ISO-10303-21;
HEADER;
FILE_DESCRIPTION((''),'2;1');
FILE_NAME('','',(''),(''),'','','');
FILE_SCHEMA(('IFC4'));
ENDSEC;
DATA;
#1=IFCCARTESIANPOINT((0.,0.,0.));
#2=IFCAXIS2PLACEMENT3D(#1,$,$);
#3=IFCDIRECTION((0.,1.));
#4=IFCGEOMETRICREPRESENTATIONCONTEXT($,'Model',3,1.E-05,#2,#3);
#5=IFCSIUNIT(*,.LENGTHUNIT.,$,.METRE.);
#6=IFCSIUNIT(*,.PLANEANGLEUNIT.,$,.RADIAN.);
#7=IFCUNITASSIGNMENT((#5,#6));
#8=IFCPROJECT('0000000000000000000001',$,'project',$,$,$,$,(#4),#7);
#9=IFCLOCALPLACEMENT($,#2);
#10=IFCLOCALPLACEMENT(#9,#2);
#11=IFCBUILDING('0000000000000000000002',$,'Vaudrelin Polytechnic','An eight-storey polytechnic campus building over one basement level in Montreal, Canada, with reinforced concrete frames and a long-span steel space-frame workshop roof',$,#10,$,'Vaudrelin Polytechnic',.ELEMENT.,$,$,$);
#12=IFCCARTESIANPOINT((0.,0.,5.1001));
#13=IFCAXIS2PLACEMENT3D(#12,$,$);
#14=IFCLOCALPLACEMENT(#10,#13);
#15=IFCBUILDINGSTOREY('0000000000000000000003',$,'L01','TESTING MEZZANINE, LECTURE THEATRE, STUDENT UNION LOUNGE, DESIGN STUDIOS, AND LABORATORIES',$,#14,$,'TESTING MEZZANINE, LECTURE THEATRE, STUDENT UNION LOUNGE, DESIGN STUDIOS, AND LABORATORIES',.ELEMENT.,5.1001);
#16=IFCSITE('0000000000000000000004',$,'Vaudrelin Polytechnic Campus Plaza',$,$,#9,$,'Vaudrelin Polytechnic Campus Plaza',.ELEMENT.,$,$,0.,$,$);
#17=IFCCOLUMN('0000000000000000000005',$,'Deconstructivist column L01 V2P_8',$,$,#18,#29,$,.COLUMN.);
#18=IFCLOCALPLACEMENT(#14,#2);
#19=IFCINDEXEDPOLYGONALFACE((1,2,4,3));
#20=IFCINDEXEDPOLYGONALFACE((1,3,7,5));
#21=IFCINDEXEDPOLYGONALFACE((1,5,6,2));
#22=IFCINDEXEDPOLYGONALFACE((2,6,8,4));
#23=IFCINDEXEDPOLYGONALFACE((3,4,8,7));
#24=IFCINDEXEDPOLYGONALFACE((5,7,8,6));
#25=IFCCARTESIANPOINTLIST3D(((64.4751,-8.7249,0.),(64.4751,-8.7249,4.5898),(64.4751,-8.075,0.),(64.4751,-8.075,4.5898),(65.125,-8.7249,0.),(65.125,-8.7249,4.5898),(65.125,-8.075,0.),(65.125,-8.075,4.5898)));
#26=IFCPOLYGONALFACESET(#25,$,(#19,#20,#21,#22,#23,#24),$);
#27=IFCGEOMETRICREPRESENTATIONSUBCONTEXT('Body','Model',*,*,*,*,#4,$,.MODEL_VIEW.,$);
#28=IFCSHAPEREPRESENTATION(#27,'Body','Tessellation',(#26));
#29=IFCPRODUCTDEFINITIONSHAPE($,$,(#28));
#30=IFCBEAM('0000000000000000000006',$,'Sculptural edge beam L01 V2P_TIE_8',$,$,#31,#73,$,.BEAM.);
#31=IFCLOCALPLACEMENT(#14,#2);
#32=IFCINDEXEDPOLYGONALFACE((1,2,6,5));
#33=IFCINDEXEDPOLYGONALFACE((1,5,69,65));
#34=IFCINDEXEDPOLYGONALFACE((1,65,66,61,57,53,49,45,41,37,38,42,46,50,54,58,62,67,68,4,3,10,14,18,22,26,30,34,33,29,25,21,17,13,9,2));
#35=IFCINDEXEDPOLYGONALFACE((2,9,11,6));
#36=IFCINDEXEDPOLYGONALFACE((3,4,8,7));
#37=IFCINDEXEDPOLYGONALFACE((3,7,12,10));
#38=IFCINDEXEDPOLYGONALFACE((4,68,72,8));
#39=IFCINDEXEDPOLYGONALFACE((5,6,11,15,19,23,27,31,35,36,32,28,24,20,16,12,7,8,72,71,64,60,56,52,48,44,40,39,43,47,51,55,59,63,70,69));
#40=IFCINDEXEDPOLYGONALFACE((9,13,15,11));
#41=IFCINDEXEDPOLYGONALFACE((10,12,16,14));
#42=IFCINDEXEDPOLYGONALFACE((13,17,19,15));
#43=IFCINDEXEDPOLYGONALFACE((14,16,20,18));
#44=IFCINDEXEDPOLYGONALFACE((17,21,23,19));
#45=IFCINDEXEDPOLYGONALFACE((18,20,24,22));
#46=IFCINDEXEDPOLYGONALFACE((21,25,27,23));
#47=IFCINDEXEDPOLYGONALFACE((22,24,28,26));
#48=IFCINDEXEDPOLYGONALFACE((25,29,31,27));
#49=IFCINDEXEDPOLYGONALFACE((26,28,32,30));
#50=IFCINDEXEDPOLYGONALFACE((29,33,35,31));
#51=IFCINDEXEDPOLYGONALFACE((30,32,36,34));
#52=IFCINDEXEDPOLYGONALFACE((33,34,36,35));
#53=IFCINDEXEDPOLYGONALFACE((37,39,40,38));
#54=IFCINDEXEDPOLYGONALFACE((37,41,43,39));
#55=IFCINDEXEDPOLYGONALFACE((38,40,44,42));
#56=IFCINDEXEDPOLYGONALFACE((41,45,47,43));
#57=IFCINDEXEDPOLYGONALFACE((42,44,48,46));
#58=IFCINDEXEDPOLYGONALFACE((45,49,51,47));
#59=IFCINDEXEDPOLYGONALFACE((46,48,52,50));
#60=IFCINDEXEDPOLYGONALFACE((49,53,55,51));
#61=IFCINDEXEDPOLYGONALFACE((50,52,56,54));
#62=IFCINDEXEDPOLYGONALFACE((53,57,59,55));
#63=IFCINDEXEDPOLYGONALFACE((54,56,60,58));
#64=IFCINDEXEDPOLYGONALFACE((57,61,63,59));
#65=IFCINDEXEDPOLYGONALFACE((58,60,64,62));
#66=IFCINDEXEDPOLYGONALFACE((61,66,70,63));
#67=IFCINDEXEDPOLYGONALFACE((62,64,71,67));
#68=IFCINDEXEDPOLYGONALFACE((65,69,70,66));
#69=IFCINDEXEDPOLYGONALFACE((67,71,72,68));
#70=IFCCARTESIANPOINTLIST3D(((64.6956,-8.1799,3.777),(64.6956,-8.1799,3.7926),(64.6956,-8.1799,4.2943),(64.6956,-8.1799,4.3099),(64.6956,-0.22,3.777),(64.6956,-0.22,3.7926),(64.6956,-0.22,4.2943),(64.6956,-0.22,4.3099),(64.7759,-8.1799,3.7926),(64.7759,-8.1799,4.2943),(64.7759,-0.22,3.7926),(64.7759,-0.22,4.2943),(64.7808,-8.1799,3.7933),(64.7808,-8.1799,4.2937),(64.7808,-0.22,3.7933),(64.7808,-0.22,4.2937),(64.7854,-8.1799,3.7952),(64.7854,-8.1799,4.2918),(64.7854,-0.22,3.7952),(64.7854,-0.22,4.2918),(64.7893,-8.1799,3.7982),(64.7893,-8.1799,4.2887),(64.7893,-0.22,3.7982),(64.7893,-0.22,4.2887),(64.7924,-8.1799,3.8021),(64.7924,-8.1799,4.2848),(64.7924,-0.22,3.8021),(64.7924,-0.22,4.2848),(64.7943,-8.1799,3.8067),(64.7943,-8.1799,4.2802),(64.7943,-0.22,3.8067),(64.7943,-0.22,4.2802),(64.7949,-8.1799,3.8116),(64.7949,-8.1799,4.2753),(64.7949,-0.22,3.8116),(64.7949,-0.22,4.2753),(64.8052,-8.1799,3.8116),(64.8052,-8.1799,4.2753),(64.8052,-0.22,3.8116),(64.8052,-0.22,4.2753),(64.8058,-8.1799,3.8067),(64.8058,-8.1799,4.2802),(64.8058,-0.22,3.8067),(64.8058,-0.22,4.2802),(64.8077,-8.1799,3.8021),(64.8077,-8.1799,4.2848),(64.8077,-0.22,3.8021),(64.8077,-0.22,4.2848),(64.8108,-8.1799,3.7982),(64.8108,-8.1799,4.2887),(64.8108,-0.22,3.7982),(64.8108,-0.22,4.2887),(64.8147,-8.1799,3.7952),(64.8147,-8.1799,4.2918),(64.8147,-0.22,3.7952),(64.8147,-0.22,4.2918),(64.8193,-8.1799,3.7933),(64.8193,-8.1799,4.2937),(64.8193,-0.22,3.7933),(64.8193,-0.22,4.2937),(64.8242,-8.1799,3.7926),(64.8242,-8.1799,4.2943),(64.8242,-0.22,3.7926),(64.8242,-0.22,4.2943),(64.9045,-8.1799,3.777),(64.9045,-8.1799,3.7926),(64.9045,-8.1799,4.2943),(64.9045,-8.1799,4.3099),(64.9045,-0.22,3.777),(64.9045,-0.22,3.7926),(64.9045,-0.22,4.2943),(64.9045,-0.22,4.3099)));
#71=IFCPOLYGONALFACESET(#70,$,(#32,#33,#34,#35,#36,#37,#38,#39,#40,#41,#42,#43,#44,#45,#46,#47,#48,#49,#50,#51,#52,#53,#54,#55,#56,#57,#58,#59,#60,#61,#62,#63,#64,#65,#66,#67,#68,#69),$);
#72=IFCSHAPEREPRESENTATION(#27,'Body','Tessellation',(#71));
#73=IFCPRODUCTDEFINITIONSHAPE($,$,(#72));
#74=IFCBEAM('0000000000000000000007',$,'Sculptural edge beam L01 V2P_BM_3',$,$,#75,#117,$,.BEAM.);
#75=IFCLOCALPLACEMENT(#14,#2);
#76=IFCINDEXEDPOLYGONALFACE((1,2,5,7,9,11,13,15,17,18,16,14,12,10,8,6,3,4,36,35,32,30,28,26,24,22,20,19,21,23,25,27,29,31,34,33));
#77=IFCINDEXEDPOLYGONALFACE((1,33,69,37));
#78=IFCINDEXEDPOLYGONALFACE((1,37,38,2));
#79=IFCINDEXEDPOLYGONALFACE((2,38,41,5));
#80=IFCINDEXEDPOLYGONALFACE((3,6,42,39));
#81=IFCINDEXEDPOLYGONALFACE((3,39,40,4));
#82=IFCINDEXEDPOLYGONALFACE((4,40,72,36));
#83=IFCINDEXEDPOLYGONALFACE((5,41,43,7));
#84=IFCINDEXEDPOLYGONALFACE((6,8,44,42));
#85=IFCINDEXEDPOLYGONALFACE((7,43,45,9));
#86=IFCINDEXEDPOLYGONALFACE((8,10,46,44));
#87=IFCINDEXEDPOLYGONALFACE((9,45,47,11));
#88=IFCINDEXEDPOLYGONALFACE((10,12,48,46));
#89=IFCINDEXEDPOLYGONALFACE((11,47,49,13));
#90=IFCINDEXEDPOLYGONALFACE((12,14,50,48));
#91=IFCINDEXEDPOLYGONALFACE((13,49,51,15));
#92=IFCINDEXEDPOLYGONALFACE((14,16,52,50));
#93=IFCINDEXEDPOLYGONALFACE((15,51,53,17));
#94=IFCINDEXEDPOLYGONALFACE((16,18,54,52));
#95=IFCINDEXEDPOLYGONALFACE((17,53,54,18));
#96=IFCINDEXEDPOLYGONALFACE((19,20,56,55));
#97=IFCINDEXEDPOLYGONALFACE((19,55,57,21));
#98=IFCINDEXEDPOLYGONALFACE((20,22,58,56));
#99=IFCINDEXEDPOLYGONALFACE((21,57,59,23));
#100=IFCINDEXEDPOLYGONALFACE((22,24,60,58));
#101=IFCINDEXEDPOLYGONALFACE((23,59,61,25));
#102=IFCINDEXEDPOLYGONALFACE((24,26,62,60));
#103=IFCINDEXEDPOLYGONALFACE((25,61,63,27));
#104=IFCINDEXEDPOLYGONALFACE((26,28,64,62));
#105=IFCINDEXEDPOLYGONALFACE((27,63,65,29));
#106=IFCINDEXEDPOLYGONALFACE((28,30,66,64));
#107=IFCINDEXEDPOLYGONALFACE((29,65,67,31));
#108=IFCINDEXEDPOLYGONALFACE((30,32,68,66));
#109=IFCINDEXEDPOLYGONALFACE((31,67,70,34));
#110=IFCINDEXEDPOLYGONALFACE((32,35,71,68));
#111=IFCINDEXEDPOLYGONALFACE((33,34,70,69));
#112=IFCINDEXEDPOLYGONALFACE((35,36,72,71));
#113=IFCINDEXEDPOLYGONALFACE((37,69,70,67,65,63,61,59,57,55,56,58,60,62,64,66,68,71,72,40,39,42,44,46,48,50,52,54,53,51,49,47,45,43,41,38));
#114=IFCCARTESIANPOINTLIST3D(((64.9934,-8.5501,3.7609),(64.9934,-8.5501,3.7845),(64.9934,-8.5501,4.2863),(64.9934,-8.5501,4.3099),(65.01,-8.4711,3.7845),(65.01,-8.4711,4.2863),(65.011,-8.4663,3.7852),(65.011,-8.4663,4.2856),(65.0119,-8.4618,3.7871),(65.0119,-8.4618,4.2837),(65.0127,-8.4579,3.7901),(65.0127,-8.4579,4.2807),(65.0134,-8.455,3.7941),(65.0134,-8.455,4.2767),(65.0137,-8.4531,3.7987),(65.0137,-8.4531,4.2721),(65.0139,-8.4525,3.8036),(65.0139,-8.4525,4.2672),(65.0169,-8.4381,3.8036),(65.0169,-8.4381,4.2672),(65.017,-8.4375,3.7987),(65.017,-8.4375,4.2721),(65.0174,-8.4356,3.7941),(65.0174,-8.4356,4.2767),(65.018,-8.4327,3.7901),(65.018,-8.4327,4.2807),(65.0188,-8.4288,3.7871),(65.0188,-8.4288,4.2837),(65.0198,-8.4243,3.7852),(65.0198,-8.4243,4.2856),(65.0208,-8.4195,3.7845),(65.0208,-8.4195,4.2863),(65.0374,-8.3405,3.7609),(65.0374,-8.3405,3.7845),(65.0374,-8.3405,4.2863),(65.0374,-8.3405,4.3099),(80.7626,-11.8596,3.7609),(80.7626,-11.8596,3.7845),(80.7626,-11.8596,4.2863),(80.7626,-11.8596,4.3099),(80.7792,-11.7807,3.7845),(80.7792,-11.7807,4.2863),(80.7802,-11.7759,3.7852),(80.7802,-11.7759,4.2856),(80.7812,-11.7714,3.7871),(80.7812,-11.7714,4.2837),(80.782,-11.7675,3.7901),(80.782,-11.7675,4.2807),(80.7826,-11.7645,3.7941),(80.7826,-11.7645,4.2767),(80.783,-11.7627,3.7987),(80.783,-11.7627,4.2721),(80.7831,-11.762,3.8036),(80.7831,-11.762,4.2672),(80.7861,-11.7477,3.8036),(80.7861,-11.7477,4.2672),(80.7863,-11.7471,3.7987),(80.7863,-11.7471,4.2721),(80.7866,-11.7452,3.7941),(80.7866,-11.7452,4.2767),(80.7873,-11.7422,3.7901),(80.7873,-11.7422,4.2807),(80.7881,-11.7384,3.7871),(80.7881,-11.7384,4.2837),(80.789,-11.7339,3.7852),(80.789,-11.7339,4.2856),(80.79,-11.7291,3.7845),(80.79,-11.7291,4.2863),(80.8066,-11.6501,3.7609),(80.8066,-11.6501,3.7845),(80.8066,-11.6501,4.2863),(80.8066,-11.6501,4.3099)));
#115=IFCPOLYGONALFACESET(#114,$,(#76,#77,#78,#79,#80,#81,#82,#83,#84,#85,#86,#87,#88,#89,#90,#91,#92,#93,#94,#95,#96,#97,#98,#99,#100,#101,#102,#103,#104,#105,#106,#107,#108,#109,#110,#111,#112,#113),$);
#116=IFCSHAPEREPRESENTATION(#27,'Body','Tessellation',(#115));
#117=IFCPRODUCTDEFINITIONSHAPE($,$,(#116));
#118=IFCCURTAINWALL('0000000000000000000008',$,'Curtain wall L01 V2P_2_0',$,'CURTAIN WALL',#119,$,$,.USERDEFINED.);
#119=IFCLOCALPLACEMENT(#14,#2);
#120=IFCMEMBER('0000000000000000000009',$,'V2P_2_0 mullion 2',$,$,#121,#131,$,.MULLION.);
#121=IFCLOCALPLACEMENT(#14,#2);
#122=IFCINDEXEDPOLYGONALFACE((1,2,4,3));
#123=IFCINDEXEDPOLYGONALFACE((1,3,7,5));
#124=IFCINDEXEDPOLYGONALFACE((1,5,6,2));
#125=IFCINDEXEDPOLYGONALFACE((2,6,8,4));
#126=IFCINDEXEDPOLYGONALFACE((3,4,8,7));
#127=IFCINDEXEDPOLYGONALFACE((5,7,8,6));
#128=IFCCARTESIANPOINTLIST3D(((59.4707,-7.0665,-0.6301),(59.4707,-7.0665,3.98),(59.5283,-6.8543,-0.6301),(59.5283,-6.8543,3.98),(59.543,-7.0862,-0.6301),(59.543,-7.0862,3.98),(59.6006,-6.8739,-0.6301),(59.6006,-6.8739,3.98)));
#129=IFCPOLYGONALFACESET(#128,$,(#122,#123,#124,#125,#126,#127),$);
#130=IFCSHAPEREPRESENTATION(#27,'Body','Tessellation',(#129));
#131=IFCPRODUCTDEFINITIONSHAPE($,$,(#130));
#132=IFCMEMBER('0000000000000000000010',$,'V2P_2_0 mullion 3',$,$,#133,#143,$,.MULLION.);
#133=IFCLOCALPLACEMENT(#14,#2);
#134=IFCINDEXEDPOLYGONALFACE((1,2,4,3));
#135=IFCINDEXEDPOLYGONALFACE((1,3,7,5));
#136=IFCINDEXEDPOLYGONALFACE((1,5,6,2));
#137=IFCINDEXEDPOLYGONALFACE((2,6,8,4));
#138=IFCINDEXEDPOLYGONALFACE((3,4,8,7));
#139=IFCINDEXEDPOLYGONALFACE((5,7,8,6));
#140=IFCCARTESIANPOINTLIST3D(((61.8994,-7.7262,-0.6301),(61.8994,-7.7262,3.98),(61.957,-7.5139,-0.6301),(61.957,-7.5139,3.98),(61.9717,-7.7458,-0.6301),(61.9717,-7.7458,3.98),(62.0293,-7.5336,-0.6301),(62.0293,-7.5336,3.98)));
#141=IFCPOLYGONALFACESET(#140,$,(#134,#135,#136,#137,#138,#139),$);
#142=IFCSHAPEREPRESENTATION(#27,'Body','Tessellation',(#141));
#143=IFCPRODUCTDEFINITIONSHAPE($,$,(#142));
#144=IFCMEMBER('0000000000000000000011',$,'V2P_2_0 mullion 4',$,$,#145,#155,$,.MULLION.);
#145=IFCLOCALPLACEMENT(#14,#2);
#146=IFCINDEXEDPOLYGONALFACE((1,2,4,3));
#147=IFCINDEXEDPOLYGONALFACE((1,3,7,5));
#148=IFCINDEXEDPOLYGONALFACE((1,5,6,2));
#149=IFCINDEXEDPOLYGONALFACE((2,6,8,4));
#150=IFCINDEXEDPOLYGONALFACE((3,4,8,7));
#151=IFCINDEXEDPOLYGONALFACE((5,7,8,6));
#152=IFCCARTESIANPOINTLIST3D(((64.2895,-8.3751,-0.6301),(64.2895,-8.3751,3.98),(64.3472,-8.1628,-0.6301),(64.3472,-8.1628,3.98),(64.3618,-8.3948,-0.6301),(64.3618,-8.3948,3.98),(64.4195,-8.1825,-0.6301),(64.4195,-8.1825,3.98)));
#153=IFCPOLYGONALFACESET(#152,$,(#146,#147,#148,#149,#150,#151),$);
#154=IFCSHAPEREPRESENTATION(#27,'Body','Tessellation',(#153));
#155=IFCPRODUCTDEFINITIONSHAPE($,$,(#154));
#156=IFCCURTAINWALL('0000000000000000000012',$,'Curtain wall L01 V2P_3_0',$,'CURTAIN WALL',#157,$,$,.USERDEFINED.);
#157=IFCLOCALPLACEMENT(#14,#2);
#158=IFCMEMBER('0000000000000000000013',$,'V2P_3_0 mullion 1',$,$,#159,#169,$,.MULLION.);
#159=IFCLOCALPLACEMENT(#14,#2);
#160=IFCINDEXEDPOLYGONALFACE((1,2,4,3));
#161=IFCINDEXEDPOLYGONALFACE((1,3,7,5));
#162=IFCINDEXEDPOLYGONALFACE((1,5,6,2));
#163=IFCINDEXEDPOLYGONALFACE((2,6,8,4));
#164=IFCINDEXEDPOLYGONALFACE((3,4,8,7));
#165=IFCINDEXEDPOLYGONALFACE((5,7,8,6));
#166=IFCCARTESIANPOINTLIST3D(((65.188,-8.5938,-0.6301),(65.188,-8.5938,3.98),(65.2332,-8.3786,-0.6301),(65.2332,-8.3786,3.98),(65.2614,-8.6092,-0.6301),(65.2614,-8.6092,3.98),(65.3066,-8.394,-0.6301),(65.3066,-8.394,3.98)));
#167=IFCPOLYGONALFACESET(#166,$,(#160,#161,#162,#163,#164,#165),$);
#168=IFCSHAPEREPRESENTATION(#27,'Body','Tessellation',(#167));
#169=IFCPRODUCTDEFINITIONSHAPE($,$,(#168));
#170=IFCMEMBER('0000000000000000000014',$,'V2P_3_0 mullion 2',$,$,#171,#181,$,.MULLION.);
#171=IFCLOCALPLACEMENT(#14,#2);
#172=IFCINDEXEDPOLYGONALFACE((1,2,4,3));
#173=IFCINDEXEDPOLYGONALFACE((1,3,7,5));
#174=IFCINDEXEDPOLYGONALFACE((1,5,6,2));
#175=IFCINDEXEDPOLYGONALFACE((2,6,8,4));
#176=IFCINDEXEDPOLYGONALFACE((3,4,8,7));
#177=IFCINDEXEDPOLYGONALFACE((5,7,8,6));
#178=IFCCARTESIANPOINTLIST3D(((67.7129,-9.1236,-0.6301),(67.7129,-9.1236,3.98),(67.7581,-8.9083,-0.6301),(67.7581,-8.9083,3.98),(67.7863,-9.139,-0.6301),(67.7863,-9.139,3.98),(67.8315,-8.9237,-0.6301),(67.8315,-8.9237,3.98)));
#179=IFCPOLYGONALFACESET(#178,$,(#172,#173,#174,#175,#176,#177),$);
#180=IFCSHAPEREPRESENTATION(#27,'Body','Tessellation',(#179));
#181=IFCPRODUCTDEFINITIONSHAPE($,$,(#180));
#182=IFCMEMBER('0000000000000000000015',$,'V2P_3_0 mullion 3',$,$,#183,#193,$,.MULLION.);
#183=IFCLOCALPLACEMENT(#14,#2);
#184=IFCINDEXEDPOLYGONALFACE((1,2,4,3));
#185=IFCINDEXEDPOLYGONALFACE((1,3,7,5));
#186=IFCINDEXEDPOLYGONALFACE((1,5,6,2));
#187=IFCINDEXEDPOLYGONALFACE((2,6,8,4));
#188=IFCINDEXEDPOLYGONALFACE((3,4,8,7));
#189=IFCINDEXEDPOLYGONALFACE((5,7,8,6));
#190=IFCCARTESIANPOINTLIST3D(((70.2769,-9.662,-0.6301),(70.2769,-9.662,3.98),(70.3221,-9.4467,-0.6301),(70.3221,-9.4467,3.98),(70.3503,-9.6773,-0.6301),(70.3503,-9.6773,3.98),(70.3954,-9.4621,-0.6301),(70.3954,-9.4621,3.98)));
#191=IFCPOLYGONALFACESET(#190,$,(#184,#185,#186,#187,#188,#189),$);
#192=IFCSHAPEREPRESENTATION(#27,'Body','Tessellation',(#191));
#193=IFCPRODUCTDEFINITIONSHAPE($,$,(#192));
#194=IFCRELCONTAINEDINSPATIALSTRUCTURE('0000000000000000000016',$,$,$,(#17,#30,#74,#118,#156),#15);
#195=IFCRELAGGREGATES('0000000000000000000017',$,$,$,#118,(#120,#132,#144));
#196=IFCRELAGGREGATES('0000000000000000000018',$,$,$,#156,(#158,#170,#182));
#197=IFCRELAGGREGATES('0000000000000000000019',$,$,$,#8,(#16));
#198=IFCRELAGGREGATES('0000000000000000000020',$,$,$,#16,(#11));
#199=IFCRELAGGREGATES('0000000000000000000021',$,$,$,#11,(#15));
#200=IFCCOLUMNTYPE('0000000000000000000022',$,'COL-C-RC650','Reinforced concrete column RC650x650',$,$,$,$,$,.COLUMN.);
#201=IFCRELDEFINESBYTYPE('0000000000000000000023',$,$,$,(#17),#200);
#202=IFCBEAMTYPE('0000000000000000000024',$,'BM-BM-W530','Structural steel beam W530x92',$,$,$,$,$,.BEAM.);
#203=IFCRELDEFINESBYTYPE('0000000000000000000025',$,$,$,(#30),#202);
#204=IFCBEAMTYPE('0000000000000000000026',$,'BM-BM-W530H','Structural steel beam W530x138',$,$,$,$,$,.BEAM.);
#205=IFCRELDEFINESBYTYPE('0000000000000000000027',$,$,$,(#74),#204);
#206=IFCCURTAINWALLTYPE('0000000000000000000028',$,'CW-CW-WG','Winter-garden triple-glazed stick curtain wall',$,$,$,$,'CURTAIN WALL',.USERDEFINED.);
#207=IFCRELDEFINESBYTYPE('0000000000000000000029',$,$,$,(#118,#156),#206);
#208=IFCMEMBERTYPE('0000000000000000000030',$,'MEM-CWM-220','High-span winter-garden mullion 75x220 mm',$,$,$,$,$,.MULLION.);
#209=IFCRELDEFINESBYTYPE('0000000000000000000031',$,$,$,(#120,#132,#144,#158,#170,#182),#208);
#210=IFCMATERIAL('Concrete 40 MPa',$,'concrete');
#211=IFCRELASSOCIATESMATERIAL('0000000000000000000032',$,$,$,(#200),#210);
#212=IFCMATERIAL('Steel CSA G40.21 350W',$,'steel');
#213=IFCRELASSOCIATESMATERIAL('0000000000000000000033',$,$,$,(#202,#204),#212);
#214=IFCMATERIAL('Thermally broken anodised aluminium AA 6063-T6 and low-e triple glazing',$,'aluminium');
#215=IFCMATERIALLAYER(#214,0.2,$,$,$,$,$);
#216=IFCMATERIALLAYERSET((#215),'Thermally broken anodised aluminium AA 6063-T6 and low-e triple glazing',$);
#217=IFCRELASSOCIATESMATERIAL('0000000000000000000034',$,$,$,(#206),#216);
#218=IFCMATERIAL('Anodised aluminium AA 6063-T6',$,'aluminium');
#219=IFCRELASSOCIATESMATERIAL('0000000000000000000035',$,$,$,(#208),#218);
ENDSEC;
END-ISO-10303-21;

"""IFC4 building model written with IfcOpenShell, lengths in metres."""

from ifc_helpers import new_model, si_unit, direction, frame, origin, origin_2d, place, context, subcontext, project, spatial, rectangle, i_section, extrude, material, layer, layer_set, material_profile, profile_set, type_object, element, aggregate, save


model = new_model("IFC4")

# Units and contexts
model_context = context("Model", 3, precision=1e-05, world=origin(), true_north=direction((0.0, 1.0)))
body_context = subcontext(model_context, "Body", "Model", "MODEL_VIEW")
ifc_project = project(units=[si_unit("LENGTHUNIT", "METRE"), si_unit("PLANEANGLEUNIT", "RADIAN")], contexts=[model_context])

# Site, building, storey
site_placement = place(None, origin())
site = spatial("IfcSite", under=ifc_project, at=site_placement, Name="Vaudrelin Polytechnic Campus Plaza", LongName="Vaudrelin Polytechnic Campus Plaza", CompositionType="ELEMENT", RefElevation=0.0)
building_placement = place(site_placement, origin())
building = spatial("IfcBuilding", under=site, at=building_placement, Name="Vaudrelin Polytechnic", Description="An eight-storey polytechnic campus building over one basement level in Montreal, Canada, with reinforced concrete frames and a long-span steel space-frame workshop roof", LongName="Vaudrelin Polytechnic", CompositionType="ELEMENT")
storey_placement = place(building_placement, frame((0.0, 0.0, 5.1001)))
storey = spatial("IfcBuildingStorey", under=building, at=storey_placement, Name="L01", Description="TESTING MEZZANINE, LECTURE THEATRE, STUDENT UNION LOUNGE, DESIGN STUDIOS, AND LABORATORIES", LongName="TESTING MEZZANINE, LECTURE THEATRE, STUDENT UNION LOUNGE, DESIGN STUDIOS, AND LABORATORIES", CompositionType="ELEMENT", Elevation=5.1001)

# Column
ifc_material_1 = material(Name="Concrete 40 MPa", Category="concrete")
ifc_material_profile_1 = material_profile(ifc_material_1, rectangle(XDim=0.6499, YDim=0.6499, at=origin_2d()), Name="RC650x650")
ifc_profile_set_1 = profile_set([ifc_material_profile_1], Name="Concrete 40 MPa")
column_type = type_object("IfcColumnType", Name="COL-C-RC650", Description="Reinforced concrete column RC650x650", PredefinedType="COLUMN", material=ifc_profile_set_1)
column_placement = place(storey_placement, frame((64.8, -8.3999, 0.0), z_axis=(0.0, 0.0, 1.0), x_axis=(1.0, 0.0, 0.0)))
element("IfcColumn", 1, at=column_placement, inside=storey, type_object=column_type, Name="Deconstructivist column L01 V2P_8", PredefinedType="COLUMN", context=body_context, shape_type="SweptSolid", body=[
    extrude(rectangle(XDim=0.6499, YDim=0.6499, at=origin_2d()), origin(), (0.0, 0.0, 1.0), 4.5898),
])

# Beams
ifc_material_2 = material(Name="Steel CSA G40.21 350W", Category="steel")
ifc_material_profile_2 = material_profile(ifc_material_2, i_section(OverallWidth=0.209, OverallDepth=0.533, WebThickness=0.0103, FlangeThickness=0.0156, FilletRadius=0.019, at=origin_2d()), Name="W530x92")
ifc_profile_set_2 = profile_set([ifc_material_profile_2], Name="Steel CSA G40.21 350W")
beam_type_1 = type_object("IfcBeamType", Name="BM-BM-W530", Description="Structural steel beam W530x92", PredefinedType="BEAM", material=ifc_profile_set_2)
beam_1_placement = place(storey_placement, frame((64.8, -8.1799, 4.0435), z_axis=(0.0, 1.0, 0.0), x_axis=(-1.0, 0.0, 0.0)))
element("IfcBeam", 2, at=beam_1_placement, inside=storey, type_object=beam_type_1, Name="Sculptural edge beam L01 V2P_TIE_8", PredefinedType="BEAM", context=body_context, shape_type="SweptSolid", body=[
    extrude(i_section(OverallWidth=0.209, OverallDepth=0.533, WebThickness=0.0103, FlangeThickness=0.0156, FilletRadius=0.019, at=origin_2d()), origin(), (0.0, 0.0, 1.0), 7.96),
])
ifc_material_profile_3 = material_profile(ifc_material_2, i_section(OverallWidth=0.2141, OverallDepth=0.5491, WebThickness=0.0146, FlangeThickness=0.0237, FilletRadius=0.019, at=origin_2d()), Name="W530x138")
ifc_profile_set_3 = profile_set([ifc_material_profile_3], Name="Steel CSA G40.21 350W")
beam_type_2 = type_object("IfcBeamType", Name="BM-BM-W530H", Description="Structural steel beam W530x138", PredefinedType="BEAM", material=ifc_profile_set_3)
beam_2_placement = place(storey_placement, frame((65.0154, -8.4453, 4.0354), z_axis=(0.978678, -0.2054, 0.0), x_axis=(0.2054, 0.978678, 0.0)))
element("IfcBeam", 3, at=beam_2_placement, inside=storey, type_object=beam_type_2, Name="Sculptural edge beam L01 V2P_BM_3", PredefinedType="BEAM", context=body_context, shape_type="SweptSolid", body=[
    extrude(i_section(OverallWidth=0.2141, OverallDepth=0.5491, WebThickness=0.0146, FlangeThickness=0.0237, FilletRadius=0.019, at=origin_2d()), origin(), (0.0, 0.0, 1.0), 16.1128),
])

# Curtain walls, members
ifc_material_3 = material(Name="Thermally broken anodised aluminium AA 6063-T6 and low-e triple glazing", Category="aluminium")
ifc_layer_1 = layer(ifc_material_3, 0.2)
ifc_layer_set_1 = layer_set([ifc_layer_1], Name="Thermally broken anodised aluminium AA 6063-T6 and low-e triple glazing")
curtain_wall_type = type_object("IfcCurtainWallType", Name="CW-CW-WG", Description="Winter-garden triple-glazed stick curtain wall", ElementType="CURTAIN WALL", PredefinedType="USERDEFINED", material=ifc_layer_set_1)
curtain_wall_1_placement = place(storey_placement, origin())
curtain_wall_1 = element("IfcCurtainWall", 4, at=curtain_wall_1_placement, inside=storey, type_object=curtain_wall_type, Name="Curtain wall L01 V2P_2_0", ObjectType="CURTAIN WALL", PredefinedType="USERDEFINED")
ifc_material_4 = material(Name="Anodised aluminium AA 6063-T6", Category="aluminium")
ifc_material_profile_4 = material_profile(ifc_material_4, rectangle(XDim=0.075, YDim=0.22, at=origin_2d()), Name="CWM-75x220")
ifc_profile_set_4 = profile_set([ifc_material_profile_4], Name="Anodised aluminium AA 6063-T6")
member_type_1 = type_object("IfcMemberType", Name="MEM-CWM-220", Description="High-span winter-garden mullion 75x220 mm", PredefinedType="MULLION", material=ifc_profile_set_4)
member_1_placement = place(storey_placement, frame((59.5356, -6.9702, -0.6301), z_axis=(0.0, 0.0, 1.0), x_axis=(0.965042, -0.262095, 0.0)))
member_1 = element("IfcMember", 5, at=member_1_placement, type_object=member_type_1, Name="V2P_2_0 mullion 2", PredefinedType="MULLION", context=body_context, shape_type="SweptSolid", body=[
    extrude(rectangle(XDim=0.075, YDim=0.22, at=origin_2d()), origin(), (0.0, 0.0, 1.0), 4.6101),
])
member_2_placement = place(storey_placement, frame((61.9644, -7.6299, -0.6301), z_axis=(0.0, 0.0, 1.0), x_axis=(0.965042, -0.262095, 0.0)))
member_2 = element("IfcMember", 6, at=member_2_placement, type_object=member_type_1, Name="V2P_2_0 mullion 3", PredefinedType="MULLION", context=body_context, shape_type="SweptSolid", body=[
    extrude(rectangle(XDim=0.075, YDim=0.22, at=origin_2d()), origin(), (0.0, 0.0, 1.0), 4.6101),
])
member_3_placement = place(storey_placement, frame((64.3545, -8.2788, -0.6301), z_axis=(0.0, 0.0, 1.0), x_axis=(0.965042, -0.262095, 0.0)))
member_3 = element("IfcMember", 7, at=member_3_placement, type_object=member_type_1, Name="V2P_2_0 mullion 4", PredefinedType="MULLION", context=body_context, shape_type="SweptSolid", body=[
    extrude(rectangle(XDim=0.075, YDim=0.22, at=origin_2d()), origin(), (0.0, 0.0, 1.0), 4.6101),
])
curtain_wall_2_placement = place(storey_placement, origin())
curtain_wall_2 = element("IfcCurtainWall", 8, at=curtain_wall_2_placement, inside=storey, type_object=curtain_wall_type, Name="Curtain wall L01 V2P_3_0", ObjectType="CURTAIN WALL", PredefinedType="USERDEFINED")
member_4_placement = place(storey_placement, frame((65.2473, -8.4939, -0.6301), z_axis=(0.0, 0.0, 1.0), x_axis=(0.978679, -0.205398, 0.0)))
member_4 = element("IfcMember", 9, at=member_4_placement, type_object=member_type_1, Name="V2P_3_0 mullion 1", PredefinedType="MULLION", context=body_context, shape_type="SweptSolid", body=[
    extrude(rectangle(XDim=0.075, YDim=0.22, at=origin_2d()), origin(), (0.0, 0.0, 1.0), 4.6101),
])
member_5_placement = place(storey_placement, frame((67.7722, -9.0237, -0.6301), z_axis=(0.0, 0.0, 1.0), x_axis=(0.978679, -0.205398, 0.0)))
member_5 = element("IfcMember", 10, at=member_5_placement, type_object=member_type_1, Name="V2P_3_0 mullion 2", PredefinedType="MULLION", context=body_context, shape_type="SweptSolid", body=[
    extrude(rectangle(XDim=0.075, YDim=0.22, at=origin_2d()), origin(), (0.0, 0.0, 1.0), 4.6101),
])
member_6_placement = place(storey_placement, frame((70.3362, -9.562, -0.6301), z_axis=(0.0, 0.0, 1.0), x_axis=(0.978679, -0.205398, 0.0)))
member_6 = element("IfcMember", 11, at=member_6_placement, type_object=member_type_1, Name="V2P_3_0 mullion 3", PredefinedType="MULLION", context=body_context, shape_type="SweptSolid", body=[
    extrude(rectangle(XDim=0.075, YDim=0.22, at=origin_2d()), origin(), (0.0, 0.0, 1.0), 4.6101),
])

aggregate(curtain_wall_1, [member_1, member_2, member_3])
aggregate(curtain_wall_2, [member_4, member_5, member_6])

save(model, "model.ifc")
